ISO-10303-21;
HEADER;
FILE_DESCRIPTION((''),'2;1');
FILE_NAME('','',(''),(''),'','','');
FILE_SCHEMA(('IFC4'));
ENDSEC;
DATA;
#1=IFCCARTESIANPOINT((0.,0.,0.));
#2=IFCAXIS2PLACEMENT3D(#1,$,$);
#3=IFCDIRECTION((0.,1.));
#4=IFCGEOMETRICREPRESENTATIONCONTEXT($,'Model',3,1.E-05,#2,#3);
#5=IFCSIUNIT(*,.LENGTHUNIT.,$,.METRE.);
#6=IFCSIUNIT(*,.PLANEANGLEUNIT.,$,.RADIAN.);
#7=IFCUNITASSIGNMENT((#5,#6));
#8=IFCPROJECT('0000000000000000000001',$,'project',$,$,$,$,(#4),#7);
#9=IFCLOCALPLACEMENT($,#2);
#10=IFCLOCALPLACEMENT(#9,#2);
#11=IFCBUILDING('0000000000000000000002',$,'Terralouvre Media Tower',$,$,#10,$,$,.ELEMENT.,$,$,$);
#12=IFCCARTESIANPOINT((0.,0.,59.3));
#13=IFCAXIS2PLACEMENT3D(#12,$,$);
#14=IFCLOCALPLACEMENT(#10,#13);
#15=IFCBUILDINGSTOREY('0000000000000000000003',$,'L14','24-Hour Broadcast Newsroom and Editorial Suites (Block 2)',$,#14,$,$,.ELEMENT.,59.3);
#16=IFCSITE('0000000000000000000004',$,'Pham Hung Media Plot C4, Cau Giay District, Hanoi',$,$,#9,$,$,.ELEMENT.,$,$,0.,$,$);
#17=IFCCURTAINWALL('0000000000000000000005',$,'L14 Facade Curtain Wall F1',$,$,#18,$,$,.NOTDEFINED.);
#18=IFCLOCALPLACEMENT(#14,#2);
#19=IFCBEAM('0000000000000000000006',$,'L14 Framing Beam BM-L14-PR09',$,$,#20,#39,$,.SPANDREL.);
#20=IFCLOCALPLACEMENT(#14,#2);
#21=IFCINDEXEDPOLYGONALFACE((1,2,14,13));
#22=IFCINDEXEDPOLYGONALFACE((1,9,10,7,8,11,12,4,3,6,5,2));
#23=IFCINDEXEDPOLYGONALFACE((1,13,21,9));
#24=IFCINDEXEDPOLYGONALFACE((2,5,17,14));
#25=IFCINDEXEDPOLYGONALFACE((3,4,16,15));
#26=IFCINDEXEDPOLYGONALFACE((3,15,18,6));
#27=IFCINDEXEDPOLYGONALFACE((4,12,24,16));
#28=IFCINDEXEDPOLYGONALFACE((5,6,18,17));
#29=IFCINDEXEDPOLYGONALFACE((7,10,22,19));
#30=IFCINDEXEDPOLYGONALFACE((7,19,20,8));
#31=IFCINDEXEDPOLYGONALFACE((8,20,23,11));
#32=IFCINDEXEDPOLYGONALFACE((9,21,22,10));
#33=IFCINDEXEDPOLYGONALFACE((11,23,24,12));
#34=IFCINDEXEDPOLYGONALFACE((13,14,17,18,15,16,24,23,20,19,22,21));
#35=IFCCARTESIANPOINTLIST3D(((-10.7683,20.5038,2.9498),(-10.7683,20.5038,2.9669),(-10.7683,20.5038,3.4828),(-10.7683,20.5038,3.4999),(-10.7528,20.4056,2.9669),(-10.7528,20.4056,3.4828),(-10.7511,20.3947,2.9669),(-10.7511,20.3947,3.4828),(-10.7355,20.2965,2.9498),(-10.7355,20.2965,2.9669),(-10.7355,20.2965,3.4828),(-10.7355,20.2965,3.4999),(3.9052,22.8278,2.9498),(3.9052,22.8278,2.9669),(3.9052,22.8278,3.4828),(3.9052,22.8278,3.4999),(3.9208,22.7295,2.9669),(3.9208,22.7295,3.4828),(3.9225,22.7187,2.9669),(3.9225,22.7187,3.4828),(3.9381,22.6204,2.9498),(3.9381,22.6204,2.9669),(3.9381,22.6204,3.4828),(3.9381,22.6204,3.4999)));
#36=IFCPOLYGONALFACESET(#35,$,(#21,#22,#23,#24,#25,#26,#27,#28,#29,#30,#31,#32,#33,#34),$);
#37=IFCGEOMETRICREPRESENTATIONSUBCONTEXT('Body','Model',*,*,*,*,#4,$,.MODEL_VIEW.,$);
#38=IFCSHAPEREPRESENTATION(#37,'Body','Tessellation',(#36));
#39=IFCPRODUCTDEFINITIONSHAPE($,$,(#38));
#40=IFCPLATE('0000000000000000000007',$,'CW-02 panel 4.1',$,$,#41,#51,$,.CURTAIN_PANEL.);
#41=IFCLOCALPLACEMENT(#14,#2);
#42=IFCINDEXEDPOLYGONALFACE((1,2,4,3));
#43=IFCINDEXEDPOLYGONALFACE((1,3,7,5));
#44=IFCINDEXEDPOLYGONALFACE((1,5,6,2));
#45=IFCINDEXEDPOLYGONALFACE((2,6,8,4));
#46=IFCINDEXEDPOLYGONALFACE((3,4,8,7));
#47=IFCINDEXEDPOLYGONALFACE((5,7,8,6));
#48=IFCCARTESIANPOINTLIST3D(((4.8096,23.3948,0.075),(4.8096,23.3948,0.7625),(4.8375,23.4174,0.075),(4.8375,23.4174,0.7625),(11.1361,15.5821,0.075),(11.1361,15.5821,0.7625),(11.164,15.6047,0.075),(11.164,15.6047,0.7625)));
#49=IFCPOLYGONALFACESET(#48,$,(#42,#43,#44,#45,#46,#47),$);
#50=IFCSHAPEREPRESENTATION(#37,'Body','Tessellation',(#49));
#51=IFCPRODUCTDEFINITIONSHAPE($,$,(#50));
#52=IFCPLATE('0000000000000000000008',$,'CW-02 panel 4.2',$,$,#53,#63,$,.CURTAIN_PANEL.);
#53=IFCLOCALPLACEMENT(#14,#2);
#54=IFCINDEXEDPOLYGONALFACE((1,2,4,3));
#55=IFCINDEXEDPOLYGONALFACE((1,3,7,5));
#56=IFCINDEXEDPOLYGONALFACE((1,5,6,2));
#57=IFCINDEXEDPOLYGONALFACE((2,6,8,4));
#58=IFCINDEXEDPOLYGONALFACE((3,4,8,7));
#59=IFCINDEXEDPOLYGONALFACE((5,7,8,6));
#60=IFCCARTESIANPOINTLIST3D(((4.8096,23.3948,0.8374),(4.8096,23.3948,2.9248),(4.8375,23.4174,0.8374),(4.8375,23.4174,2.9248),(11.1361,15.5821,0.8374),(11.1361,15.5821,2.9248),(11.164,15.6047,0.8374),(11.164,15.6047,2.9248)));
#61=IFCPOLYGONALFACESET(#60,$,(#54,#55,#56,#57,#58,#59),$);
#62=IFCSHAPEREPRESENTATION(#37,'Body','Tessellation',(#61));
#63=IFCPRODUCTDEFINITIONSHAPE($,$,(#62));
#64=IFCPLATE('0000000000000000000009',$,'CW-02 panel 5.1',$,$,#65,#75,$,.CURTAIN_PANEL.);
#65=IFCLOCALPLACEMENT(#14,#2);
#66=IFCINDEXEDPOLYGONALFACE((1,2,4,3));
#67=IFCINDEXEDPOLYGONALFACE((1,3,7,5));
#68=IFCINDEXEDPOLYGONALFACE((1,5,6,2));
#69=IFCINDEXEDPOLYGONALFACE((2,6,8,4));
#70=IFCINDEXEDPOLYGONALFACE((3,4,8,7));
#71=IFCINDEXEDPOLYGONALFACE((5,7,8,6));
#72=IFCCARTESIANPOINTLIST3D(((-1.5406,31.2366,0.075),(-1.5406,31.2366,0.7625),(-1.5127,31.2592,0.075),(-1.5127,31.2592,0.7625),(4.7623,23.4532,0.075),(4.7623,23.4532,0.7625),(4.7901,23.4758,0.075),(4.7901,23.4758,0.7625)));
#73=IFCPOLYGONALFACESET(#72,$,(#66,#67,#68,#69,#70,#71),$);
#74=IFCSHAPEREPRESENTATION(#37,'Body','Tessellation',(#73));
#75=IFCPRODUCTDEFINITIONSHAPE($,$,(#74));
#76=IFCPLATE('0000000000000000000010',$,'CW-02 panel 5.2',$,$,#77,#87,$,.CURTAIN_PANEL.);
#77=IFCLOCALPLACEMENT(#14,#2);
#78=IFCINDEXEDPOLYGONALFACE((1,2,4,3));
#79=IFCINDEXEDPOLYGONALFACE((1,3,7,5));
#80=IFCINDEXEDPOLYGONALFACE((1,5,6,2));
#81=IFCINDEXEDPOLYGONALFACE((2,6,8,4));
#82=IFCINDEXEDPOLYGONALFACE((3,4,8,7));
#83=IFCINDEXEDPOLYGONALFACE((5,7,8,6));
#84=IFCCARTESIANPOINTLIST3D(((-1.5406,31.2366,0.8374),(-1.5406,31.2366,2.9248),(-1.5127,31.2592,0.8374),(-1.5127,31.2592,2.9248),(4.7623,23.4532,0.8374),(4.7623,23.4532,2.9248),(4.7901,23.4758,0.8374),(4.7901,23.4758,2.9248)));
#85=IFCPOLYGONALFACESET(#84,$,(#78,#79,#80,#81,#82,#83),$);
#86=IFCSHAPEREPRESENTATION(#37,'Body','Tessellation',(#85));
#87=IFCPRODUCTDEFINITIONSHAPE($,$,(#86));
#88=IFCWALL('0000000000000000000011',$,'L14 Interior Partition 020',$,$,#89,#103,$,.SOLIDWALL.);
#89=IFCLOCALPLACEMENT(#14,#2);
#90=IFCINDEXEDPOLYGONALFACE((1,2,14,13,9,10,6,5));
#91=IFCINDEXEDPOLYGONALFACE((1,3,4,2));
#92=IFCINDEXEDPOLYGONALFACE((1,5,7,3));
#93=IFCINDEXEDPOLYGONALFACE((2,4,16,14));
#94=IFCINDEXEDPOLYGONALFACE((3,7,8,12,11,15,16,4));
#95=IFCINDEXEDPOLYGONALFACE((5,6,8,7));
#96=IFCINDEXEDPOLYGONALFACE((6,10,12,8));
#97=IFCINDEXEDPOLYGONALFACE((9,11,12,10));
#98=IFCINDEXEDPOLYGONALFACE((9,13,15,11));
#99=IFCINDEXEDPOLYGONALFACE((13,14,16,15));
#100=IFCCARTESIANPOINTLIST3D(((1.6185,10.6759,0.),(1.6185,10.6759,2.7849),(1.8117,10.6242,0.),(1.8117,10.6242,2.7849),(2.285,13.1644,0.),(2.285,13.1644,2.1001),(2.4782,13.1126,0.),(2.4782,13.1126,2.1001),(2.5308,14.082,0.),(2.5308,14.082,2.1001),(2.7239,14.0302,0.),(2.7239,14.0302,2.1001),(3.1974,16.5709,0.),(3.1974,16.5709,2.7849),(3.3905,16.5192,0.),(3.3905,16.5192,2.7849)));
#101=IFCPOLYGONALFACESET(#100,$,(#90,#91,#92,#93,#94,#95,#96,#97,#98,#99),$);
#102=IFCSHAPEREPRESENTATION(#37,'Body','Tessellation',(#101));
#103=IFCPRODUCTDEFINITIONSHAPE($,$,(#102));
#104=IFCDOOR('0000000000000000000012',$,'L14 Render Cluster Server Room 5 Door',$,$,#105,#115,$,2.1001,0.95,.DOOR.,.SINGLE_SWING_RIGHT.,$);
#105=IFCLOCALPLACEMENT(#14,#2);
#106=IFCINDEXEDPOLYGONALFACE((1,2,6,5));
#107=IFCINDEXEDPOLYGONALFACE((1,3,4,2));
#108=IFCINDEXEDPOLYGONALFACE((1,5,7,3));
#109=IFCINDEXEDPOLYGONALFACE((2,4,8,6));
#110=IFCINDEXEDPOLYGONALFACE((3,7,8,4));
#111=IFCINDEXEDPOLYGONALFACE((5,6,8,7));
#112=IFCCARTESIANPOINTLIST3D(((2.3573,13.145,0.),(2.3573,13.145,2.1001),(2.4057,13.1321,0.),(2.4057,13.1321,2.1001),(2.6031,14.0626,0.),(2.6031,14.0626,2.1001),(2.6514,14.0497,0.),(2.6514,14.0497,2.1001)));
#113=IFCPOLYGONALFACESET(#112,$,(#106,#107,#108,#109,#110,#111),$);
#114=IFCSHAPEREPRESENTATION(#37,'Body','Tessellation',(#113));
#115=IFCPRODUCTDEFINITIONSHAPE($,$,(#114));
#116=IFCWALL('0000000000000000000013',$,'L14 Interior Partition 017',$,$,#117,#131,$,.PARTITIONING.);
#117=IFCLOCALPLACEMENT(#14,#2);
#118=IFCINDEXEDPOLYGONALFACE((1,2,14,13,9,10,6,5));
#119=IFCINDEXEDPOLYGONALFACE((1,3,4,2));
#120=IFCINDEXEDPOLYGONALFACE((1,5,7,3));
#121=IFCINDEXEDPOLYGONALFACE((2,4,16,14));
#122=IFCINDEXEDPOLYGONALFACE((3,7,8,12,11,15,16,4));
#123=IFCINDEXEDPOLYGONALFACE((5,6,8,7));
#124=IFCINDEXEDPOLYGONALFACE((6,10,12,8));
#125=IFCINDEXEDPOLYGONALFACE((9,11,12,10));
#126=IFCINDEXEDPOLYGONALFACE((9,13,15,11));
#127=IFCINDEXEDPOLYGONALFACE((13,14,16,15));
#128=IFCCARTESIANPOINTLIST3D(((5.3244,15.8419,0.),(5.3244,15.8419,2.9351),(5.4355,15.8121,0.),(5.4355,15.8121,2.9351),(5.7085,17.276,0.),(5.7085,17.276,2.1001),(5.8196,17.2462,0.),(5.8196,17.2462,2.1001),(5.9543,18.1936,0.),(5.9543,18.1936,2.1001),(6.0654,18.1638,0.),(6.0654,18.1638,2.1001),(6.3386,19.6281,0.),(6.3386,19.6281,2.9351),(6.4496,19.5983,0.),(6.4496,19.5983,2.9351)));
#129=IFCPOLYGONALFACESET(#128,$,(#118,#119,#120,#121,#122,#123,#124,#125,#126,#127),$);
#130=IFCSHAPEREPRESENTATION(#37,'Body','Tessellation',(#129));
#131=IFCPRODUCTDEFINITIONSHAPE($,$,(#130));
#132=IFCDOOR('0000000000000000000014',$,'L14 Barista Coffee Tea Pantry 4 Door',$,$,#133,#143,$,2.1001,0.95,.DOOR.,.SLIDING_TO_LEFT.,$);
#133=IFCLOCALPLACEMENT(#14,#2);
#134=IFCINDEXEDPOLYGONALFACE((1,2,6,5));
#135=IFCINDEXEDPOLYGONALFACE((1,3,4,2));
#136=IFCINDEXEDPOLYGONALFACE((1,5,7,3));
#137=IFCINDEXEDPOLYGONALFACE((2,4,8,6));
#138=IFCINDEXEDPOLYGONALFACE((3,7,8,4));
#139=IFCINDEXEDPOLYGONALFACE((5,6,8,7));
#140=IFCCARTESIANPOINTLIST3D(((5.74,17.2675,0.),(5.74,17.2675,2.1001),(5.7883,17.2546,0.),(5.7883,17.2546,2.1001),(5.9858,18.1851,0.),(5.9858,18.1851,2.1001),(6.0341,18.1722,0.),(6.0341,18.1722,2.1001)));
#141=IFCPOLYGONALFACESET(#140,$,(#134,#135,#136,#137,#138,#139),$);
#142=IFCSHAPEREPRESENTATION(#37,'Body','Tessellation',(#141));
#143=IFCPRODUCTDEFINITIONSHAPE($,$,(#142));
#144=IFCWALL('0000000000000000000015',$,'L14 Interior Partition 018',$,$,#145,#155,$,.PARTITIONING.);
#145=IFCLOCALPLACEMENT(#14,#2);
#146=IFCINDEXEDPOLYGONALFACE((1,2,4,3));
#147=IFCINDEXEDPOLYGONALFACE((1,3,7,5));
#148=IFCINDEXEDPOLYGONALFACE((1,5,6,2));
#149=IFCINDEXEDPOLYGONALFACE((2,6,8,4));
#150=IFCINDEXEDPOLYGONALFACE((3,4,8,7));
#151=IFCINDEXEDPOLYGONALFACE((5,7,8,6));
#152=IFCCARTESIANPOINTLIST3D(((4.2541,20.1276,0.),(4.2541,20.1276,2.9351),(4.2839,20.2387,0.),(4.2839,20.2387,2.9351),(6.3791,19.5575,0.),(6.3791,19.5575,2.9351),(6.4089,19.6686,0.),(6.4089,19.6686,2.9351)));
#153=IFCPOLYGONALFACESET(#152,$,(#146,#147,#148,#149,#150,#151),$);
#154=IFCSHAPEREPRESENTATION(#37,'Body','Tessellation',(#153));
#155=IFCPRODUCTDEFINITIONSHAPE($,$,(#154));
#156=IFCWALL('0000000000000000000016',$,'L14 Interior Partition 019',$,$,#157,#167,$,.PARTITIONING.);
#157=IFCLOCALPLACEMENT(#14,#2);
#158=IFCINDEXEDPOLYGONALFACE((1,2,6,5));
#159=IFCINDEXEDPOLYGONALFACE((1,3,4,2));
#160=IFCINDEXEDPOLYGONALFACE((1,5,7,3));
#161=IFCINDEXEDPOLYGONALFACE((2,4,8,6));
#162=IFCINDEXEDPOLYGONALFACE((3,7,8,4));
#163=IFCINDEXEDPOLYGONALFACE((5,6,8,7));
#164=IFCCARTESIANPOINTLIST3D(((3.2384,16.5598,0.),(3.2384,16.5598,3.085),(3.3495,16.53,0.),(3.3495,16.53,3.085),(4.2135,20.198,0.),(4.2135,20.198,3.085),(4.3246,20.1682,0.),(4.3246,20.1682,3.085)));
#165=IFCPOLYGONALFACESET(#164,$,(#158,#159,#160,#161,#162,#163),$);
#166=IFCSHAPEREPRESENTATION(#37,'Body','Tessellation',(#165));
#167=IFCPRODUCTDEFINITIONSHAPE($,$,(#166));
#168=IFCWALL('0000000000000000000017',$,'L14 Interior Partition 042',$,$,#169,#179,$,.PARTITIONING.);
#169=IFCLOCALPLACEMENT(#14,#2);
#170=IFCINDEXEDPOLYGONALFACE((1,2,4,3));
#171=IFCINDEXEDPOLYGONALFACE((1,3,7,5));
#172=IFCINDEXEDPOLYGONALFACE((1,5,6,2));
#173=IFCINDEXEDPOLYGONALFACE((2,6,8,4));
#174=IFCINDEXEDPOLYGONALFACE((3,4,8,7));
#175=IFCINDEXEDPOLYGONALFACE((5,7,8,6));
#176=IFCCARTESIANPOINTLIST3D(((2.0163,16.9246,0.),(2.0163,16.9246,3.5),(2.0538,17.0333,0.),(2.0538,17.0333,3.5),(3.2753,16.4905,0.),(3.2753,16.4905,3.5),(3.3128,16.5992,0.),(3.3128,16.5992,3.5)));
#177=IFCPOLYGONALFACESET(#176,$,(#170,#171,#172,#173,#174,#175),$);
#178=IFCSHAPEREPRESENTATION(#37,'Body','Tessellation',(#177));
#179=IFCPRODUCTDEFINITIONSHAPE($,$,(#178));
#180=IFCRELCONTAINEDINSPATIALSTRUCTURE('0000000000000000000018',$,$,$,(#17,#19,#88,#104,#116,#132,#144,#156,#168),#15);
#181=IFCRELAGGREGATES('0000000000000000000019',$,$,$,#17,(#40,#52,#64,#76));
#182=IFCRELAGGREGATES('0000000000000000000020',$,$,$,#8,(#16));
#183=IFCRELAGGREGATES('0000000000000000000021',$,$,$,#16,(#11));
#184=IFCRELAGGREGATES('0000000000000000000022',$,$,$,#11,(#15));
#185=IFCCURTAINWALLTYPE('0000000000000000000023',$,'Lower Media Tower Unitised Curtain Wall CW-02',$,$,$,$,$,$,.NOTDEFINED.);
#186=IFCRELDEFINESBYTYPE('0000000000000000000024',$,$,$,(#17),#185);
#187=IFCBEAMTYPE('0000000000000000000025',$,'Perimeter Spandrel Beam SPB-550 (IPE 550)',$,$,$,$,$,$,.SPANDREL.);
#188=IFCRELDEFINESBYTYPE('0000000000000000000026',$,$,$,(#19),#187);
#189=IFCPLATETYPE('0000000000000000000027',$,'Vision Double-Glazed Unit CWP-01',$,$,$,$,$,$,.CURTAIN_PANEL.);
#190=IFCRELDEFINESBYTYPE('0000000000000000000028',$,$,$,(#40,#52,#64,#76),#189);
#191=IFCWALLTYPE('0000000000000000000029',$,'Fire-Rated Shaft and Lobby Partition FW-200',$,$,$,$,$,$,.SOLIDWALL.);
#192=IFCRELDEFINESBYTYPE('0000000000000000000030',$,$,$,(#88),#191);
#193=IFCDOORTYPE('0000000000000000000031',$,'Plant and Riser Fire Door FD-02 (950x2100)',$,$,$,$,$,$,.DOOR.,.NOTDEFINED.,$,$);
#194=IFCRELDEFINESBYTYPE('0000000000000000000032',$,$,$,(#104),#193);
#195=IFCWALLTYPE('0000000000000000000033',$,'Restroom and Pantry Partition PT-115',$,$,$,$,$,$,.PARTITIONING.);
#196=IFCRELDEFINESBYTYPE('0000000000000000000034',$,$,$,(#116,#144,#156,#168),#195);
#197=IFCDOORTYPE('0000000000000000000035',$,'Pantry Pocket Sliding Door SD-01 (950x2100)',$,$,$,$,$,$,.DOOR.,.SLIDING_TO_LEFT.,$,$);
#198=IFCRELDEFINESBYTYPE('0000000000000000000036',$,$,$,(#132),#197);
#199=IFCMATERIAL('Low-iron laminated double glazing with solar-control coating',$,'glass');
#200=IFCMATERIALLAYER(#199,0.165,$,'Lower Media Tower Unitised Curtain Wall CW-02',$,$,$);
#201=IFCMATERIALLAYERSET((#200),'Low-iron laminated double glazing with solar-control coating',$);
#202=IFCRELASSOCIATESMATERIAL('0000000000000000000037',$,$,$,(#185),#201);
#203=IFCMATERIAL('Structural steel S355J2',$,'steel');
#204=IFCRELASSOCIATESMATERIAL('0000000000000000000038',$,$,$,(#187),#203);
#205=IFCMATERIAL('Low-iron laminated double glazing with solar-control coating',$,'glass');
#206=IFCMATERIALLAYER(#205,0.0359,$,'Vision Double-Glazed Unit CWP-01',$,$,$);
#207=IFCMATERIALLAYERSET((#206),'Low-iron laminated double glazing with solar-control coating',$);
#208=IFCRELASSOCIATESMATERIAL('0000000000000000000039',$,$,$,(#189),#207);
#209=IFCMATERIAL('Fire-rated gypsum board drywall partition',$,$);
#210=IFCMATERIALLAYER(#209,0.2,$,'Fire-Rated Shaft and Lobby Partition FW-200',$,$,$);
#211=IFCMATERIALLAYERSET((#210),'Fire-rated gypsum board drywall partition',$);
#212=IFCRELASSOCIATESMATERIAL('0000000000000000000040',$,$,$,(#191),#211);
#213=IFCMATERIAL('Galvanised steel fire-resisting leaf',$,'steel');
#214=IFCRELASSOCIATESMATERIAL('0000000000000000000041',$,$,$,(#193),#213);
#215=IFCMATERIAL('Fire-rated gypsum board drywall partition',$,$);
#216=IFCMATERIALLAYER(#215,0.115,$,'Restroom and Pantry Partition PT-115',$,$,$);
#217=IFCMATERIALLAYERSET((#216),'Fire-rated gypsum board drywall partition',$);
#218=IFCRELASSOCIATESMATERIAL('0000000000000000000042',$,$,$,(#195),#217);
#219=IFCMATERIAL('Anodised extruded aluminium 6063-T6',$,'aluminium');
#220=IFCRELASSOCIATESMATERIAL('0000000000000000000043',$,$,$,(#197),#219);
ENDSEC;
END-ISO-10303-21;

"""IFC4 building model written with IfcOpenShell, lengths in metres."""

from ifc_helpers import new_model, si_unit, direction, frame, frame_2d, origin, origin_2d, place, context, subcontext, project, spatial, rectangle, i_section, extrude, material, layer, layer_set, material_profile, profile_set, type_object, element, fill, aggregate, save


model = new_model("IFC4")

# Units and contexts
model_context = context("Model", 3, precision=1e-05, world=origin(), true_north=direction((0.0, 1.0)))
body_context = subcontext(model_context, "Body", "Model", "MODEL_VIEW")
ifc_project = project(units=[si_unit("LENGTHUNIT", "METRE"), si_unit("PLANEANGLEUNIT", "RADIAN")], contexts=[model_context])

# Site, building, storey
site_placement = place(None, origin())
site = spatial("IfcSite", under=ifc_project, at=site_placement, Name="Pham Hung Media Plot C4, Cau Giay District, Hanoi", CompositionType="ELEMENT", RefElevation=0.0)
building_placement = place(site_placement, origin())
building = spatial("IfcBuilding", under=site, at=building_placement, Name="Terralouvre Media Tower", CompositionType="ELEMENT")
storey_placement = place(building_placement, frame((0.0, 0.0, 59.3)))
storey = spatial("IfcBuildingStorey", under=building, at=storey_placement, Name="L14", Description="24-Hour Broadcast Newsroom and Editorial Suites (Block 2)", CompositionType="ELEMENT", Elevation=59.3)

# Curtain wall
ifc_material_1 = material(Name="Low-iron laminated double glazing with solar-control coating", Category="glass")
ifc_layer_1 = layer(ifc_material_1, 0.165, Name="Lower Media Tower Unitised Curtain Wall CW-02")
ifc_layer_set_1 = layer_set([ifc_layer_1], Name="Low-iron laminated double glazing with solar-control coating")
curtain_wall_type = type_object("IfcCurtainWallType", Name="Lower Media Tower Unitised Curtain Wall CW-02", PredefinedType="NOTDEFINED", material=ifc_layer_set_1)
curtain_wall_placement = place(storey_placement, origin())
curtain_wall = element("IfcCurtainWall", 1, at=curtain_wall_placement, inside=storey, type_object=curtain_wall_type, Name="L14 Facade Curtain Wall F1", PredefinedType="NOTDEFINED")

# Beam
ifc_material_2 = material(Name="Structural steel S355J2", Category="steel")
ifc_material_profile_1 = material_profile(ifc_material_2, i_section(OverallWidth=0.21, OverallDepth=0.55, WebThickness=0.011, FlangeThickness=0.0171, at=origin_2d()), Name="IPE 550")
ifc_profile_set_1 = profile_set([ifc_material_profile_1], Name="Structural steel S355J2")
beam_type_1 = type_object("IfcBeamType", Name="Perimeter Spandrel Beam SPB-550 (IPE 550)", PredefinedType="SPANDREL", material=ifc_profile_set_1)
beam_1_placement = place(storey_placement, frame((3.9216, 22.7241, 3.2249), z_axis=(-0.987689, -0.156428, 0.0), x_axis=(0.156428, -0.987689, 0.0)))
element("IfcBeam", 2, at=beam_1_placement, inside=storey, type_object=beam_type_1, Name="L14 Framing Beam BM-L14-PR09", PredefinedType="SPANDREL", context=body_context, shape_type="SweptSolid", body=[
    extrude(i_section(OverallWidth=0.21, OverallDepth=0.55, WebThickness=0.011, FlangeThickness=0.0171, at=origin_2d()), origin(), (0.0, 0.0, 1.0), 14.8564),
])

# Plates
ifc_material_3 = material(Name="Low-iron laminated double glazing with solar-control coating", Category="glass")
ifc_layer_2 = layer(ifc_material_3, 0.0359, Name="Vision Double-Glazed Unit CWP-01")
ifc_layer_set_2 = layer_set([ifc_layer_2], Name="Low-iron laminated double glazing with solar-control coating")
plate_type = type_object("IfcPlateType", Name="Vision Double-Glazed Unit CWP-01", PredefinedType="CURTAIN_PANEL", material=ifc_layer_set_2)
plate_1_placement = place(storey_placement, frame((7.9868, 19.4998, 0.075), z_axis=(0.0, 0.0, 1.0), x_axis=(-0.62932, 0.777146, 0.0)))
plate_1 = element("IfcPlate", 3, at=plate_1_placement, type_object=plate_type, Name="CW-02 panel 4.1", PredefinedType="CURTAIN_PANEL", context=body_context, shape_type="SweptSolid", body=[
    extrude(rectangle(XDim=10.053, YDim=0.0359, at=origin_2d()), origin(), (0.0, 0.0, 1.0), 0.6875),
])
plate_2_placement = place(storey_placement, frame((7.9868, 19.4998, 0.8374), z_axis=(0.0, 0.0, 1.0), x_axis=(-0.62932, 0.777146, 0.0)))
plate_2 = element("IfcPlate", 4, at=plate_2_placement, type_object=plate_type, Name="CW-02 panel 4.2", PredefinedType="CURTAIN_PANEL", context=body_context, shape_type="SweptSolid", body=[
    extrude(rectangle(XDim=10.053, YDim=0.0359, at=origin_2d()), origin(), (0.0, 0.0, 1.0), 2.0874),
])
plate_3_placement = place(storey_placement, frame((1.6248, 27.3562, 0.075), z_axis=(0.0, 0.0, 1.0), x_axis=(-0.62932, 0.777146, 0.0)))
plate_3 = element("IfcPlate", 5, at=plate_3_placement, type_object=plate_type, Name="CW-02 panel 5.1", PredefinedType="CURTAIN_PANEL", context=body_context, shape_type="SweptSolid", body=[
    extrude(rectangle(XDim=10.0154, YDim=0.0359, at=origin_2d()), origin(), (0.0, 0.0, 1.0), 0.6875),
])
plate_4_placement = place(storey_placement, frame((1.6248, 27.3562, 0.8374), z_axis=(0.0, 0.0, 1.0), x_axis=(-0.62932, 0.777146, 0.0)))
plate_4 = element("IfcPlate", 6, at=plate_4_placement, type_object=plate_type, Name="CW-02 panel 5.2", PredefinedType="CURTAIN_PANEL", context=body_context, shape_type="SweptSolid", body=[
    extrude(rectangle(XDim=10.0154, YDim=0.0359, at=origin_2d()), origin(), (0.0, 0.0, 1.0), 2.0874),
])
aggregate(curtain_wall, [plate_1, plate_2, plate_3, plate_4])

# Walls, openings, doors
ifc_material_4 = material(Name="Fire-rated gypsum board drywall partition")
ifc_layer_3 = layer(ifc_material_4, 0.2, Name="Fire-Rated Shaft and Lobby Partition FW-200")
ifc_layer_set_3 = layer_set([ifc_layer_3], Name="Fire-rated gypsum board drywall partition")
wall_type_1 = type_object("IfcWallType", Name="Fire-Rated Shaft and Lobby Partition FW-200", PredefinedType="SOLIDWALL", material=ifc_layer_set_3)
wall_1_placement = place(storey_placement, frame((3.2939, 16.5449, 0.0), z_axis=(0.0, 0.0, 1.0), x_axis=(-0.258711, -0.965955, 0.0)))
wall_1 = element("IfcWall", 7, at=wall_1_placement, inside=storey, type_object=wall_type_1, Name="L14 Interior Partition 020", PredefinedType="SOLIDWALL", context=body_context, shape_type="SweptSolid", body=[
    extrude(rectangle(XDim=6.1028, YDim=0.2, at=frame_2d((3.0513, 0.0))), origin(), (0.0, 0.0, 1.0), 2.7849),
])
opening_1_placement = place(wall_1_placement, frame((2.5764, 0.0, 0.0)))
opening_1 = element("IfcOpeningElement", 8, at=opening_1_placement, cuts=wall_1, PredefinedType="OPENING", context=body_context, shape_type="SweptSolid", body=[
    extrude(rectangle(XDim=0.95, YDim=2.1001, at=frame_2d((0.4751, 1.05))), frame((0.0, 0.1099, 0.0), z_axis=(0.0, -1.0, 0.0), x_axis=(1.0, 0.0, 0.0)), (0.0, 0.0, 1.0), 0.22),
])
ifc_material_5 = material(Name="Galvanised steel fire-resisting leaf", Category="steel")
door_type_1 = type_object("IfcDoorType", Name="Plant and Riser Fire Door FD-02 (950x2100)", OperationType="NOTDEFINED", PredefinedType="DOOR", material=ifc_material_5)
door_1_placement = place(opening_1_placement, origin())
door_1 = element("IfcDoor", 9, at=door_1_placement, inside=storey, type_object=door_type_1, Name="L14 Render Cluster Server Room 5 Door", OperationType="SINGLE_SWING_RIGHT", OverallHeight=2.1001, OverallWidth=0.95, PredefinedType="DOOR", context=body_context, shape_type="SweptSolid", body=[
    extrude(rectangle(XDim=0.95, YDim=2.1001, at=frame_2d((0.4751, 1.05))), frame((0.0, 0.0249, 0.0), z_axis=(0.0, -1.0, 0.0), x_axis=(1.0, 0.0, 0.0)), (0.0, 0.0, 1.0), 0.05),
])
fill(opening_1, door_1)
ifc_material_6 = material(Name="Fire-rated gypsum board drywall partition")
ifc_layer_4 = layer(ifc_material_6, 0.115, Name="Restroom and Pantry Partition PT-115")
ifc_layer_set_4 = layer_set([ifc_layer_4], Name="Fire-rated gypsum board drywall partition")
wall_type_2 = type_object("IfcWallType", Name="Restroom and Pantry Partition PT-115", PredefinedType="PARTITIONING", material=ifc_layer_set_4)
wall_2_placement = place(storey_placement, frame((5.3799, 15.8269, 0.0), z_axis=(0.0, 0.0, 1.0), x_axis=(0.25874, 0.965947, 0.0)))
wall_2 = element("IfcWall", 10, at=wall_2_placement, inside=storey, type_object=wall_type_2, Name="L14 Interior Partition 017", PredefinedType="PARTITIONING", context=body_context, shape_type="SweptSolid", body=[
    extrude(rectangle(XDim=3.9197, YDim=0.115, at=frame_2d((1.96, 0.0))), origin(), (0.0, 0.0, 1.0), 2.9351),
])
opening_2_placement = place(wall_2_placement, frame((1.4846, 0.0, 0.0)))
opening_2 = element("IfcOpeningElement", 11, at=opening_2_placement, cuts=wall_2, PredefinedType="OPENING", context=body_context, shape_type="SweptSolid", body=[
    extrude(rectangle(XDim=0.95, YDim=2.1001, at=frame_2d((0.4751, 1.05))), frame((0.0, 0.0674, 0.0), z_axis=(0.0, -1.0, 0.0), x_axis=(1.0, 0.0, 0.0)), (0.0, 0.0, 1.0), 0.135),
])
ifc_material_7 = material(Name="Anodised extruded aluminium 6063-T6", Category="aluminium")
door_type_2 = type_object("IfcDoorType", Name="Pantry Pocket Sliding Door SD-01 (950x2100)", OperationType="SLIDING_TO_LEFT", PredefinedType="DOOR", material=ifc_material_7)
door_2_placement = place(opening_2_placement, origin())
door_2 = element("IfcDoor", 12, at=door_2_placement, inside=storey, type_object=door_type_2, Name="L14 Barista Coffee Tea Pantry 4 Door", OperationType="SLIDING_TO_LEFT", OverallHeight=2.1001, OverallWidth=0.95, PredefinedType="DOOR", context=body_context, shape_type="SweptSolid", body=[
    extrude(rectangle(XDim=0.95, YDim=2.1001, at=frame_2d((0.4751, 1.05))), frame((0.0, 0.0249, 0.0), z_axis=(0.0, -1.0, 0.0), x_axis=(1.0, 0.0, 0.0)), (0.0, 0.0, 1.0), 0.05),
])
fill(opening_2, door_2)

# Walls
wall_3_placement = place(storey_placement, frame((6.394, 19.613, 0.0), z_axis=(0.0, 0.0, 1.0), x_axis=(-0.965849, 0.259106, 0.0)))
element("IfcWall", 13, at=wall_3_placement, inside=storey, type_object=wall_type_2, Name="L14 Interior Partition 018", PredefinedType="PARTITIONING", context=body_context, shape_type="SweptSolid", body=[
    extrude(rectangle(XDim=2.2002, YDim=0.115, at=frame_2d((1.1001, 0.0))), origin(), (0.0, 0.0, 1.0), 2.9351),
])
wall_4_placement = place(storey_placement, frame((4.269, 20.1831, 0.0), z_axis=(0.0, 0.0, 1.0), x_axis=(-0.258881, -0.965909, 0.0)))
element("IfcWall", 14, at=wall_4_placement, inside=storey, type_object=wall_type_2, Name="L14 Interior Partition 019", PredefinedType="PARTITIONING", context=body_context, shape_type="SweptSolid", body=[
    extrude(rectangle(XDim=3.7666, YDim=0.115, at=frame_2d((1.8833, 0.0))), origin(), (0.0, 0.0, 1.0), 3.085),
])
wall_5_placement = place(storey_placement, frame((2.0349, 16.979, 0.0), z_axis=(0.0, 0.0, 1.0), x_axis=(0.945389, -0.325945, 0.0)))
element("IfcWall", 15, at=wall_5_placement, inside=storey, type_object=wall_type_2, Name="L14 Interior Partition 042", PredefinedType="PARTITIONING", context=body_context, shape_type="SweptSolid", body=[
    extrude(rectangle(XDim=1.3318, YDim=0.115, at=frame_2d((0.666, 0.0))), origin(), (0.0, 0.0, 1.0), 3.5),
])

save(model, "model.ifc")
